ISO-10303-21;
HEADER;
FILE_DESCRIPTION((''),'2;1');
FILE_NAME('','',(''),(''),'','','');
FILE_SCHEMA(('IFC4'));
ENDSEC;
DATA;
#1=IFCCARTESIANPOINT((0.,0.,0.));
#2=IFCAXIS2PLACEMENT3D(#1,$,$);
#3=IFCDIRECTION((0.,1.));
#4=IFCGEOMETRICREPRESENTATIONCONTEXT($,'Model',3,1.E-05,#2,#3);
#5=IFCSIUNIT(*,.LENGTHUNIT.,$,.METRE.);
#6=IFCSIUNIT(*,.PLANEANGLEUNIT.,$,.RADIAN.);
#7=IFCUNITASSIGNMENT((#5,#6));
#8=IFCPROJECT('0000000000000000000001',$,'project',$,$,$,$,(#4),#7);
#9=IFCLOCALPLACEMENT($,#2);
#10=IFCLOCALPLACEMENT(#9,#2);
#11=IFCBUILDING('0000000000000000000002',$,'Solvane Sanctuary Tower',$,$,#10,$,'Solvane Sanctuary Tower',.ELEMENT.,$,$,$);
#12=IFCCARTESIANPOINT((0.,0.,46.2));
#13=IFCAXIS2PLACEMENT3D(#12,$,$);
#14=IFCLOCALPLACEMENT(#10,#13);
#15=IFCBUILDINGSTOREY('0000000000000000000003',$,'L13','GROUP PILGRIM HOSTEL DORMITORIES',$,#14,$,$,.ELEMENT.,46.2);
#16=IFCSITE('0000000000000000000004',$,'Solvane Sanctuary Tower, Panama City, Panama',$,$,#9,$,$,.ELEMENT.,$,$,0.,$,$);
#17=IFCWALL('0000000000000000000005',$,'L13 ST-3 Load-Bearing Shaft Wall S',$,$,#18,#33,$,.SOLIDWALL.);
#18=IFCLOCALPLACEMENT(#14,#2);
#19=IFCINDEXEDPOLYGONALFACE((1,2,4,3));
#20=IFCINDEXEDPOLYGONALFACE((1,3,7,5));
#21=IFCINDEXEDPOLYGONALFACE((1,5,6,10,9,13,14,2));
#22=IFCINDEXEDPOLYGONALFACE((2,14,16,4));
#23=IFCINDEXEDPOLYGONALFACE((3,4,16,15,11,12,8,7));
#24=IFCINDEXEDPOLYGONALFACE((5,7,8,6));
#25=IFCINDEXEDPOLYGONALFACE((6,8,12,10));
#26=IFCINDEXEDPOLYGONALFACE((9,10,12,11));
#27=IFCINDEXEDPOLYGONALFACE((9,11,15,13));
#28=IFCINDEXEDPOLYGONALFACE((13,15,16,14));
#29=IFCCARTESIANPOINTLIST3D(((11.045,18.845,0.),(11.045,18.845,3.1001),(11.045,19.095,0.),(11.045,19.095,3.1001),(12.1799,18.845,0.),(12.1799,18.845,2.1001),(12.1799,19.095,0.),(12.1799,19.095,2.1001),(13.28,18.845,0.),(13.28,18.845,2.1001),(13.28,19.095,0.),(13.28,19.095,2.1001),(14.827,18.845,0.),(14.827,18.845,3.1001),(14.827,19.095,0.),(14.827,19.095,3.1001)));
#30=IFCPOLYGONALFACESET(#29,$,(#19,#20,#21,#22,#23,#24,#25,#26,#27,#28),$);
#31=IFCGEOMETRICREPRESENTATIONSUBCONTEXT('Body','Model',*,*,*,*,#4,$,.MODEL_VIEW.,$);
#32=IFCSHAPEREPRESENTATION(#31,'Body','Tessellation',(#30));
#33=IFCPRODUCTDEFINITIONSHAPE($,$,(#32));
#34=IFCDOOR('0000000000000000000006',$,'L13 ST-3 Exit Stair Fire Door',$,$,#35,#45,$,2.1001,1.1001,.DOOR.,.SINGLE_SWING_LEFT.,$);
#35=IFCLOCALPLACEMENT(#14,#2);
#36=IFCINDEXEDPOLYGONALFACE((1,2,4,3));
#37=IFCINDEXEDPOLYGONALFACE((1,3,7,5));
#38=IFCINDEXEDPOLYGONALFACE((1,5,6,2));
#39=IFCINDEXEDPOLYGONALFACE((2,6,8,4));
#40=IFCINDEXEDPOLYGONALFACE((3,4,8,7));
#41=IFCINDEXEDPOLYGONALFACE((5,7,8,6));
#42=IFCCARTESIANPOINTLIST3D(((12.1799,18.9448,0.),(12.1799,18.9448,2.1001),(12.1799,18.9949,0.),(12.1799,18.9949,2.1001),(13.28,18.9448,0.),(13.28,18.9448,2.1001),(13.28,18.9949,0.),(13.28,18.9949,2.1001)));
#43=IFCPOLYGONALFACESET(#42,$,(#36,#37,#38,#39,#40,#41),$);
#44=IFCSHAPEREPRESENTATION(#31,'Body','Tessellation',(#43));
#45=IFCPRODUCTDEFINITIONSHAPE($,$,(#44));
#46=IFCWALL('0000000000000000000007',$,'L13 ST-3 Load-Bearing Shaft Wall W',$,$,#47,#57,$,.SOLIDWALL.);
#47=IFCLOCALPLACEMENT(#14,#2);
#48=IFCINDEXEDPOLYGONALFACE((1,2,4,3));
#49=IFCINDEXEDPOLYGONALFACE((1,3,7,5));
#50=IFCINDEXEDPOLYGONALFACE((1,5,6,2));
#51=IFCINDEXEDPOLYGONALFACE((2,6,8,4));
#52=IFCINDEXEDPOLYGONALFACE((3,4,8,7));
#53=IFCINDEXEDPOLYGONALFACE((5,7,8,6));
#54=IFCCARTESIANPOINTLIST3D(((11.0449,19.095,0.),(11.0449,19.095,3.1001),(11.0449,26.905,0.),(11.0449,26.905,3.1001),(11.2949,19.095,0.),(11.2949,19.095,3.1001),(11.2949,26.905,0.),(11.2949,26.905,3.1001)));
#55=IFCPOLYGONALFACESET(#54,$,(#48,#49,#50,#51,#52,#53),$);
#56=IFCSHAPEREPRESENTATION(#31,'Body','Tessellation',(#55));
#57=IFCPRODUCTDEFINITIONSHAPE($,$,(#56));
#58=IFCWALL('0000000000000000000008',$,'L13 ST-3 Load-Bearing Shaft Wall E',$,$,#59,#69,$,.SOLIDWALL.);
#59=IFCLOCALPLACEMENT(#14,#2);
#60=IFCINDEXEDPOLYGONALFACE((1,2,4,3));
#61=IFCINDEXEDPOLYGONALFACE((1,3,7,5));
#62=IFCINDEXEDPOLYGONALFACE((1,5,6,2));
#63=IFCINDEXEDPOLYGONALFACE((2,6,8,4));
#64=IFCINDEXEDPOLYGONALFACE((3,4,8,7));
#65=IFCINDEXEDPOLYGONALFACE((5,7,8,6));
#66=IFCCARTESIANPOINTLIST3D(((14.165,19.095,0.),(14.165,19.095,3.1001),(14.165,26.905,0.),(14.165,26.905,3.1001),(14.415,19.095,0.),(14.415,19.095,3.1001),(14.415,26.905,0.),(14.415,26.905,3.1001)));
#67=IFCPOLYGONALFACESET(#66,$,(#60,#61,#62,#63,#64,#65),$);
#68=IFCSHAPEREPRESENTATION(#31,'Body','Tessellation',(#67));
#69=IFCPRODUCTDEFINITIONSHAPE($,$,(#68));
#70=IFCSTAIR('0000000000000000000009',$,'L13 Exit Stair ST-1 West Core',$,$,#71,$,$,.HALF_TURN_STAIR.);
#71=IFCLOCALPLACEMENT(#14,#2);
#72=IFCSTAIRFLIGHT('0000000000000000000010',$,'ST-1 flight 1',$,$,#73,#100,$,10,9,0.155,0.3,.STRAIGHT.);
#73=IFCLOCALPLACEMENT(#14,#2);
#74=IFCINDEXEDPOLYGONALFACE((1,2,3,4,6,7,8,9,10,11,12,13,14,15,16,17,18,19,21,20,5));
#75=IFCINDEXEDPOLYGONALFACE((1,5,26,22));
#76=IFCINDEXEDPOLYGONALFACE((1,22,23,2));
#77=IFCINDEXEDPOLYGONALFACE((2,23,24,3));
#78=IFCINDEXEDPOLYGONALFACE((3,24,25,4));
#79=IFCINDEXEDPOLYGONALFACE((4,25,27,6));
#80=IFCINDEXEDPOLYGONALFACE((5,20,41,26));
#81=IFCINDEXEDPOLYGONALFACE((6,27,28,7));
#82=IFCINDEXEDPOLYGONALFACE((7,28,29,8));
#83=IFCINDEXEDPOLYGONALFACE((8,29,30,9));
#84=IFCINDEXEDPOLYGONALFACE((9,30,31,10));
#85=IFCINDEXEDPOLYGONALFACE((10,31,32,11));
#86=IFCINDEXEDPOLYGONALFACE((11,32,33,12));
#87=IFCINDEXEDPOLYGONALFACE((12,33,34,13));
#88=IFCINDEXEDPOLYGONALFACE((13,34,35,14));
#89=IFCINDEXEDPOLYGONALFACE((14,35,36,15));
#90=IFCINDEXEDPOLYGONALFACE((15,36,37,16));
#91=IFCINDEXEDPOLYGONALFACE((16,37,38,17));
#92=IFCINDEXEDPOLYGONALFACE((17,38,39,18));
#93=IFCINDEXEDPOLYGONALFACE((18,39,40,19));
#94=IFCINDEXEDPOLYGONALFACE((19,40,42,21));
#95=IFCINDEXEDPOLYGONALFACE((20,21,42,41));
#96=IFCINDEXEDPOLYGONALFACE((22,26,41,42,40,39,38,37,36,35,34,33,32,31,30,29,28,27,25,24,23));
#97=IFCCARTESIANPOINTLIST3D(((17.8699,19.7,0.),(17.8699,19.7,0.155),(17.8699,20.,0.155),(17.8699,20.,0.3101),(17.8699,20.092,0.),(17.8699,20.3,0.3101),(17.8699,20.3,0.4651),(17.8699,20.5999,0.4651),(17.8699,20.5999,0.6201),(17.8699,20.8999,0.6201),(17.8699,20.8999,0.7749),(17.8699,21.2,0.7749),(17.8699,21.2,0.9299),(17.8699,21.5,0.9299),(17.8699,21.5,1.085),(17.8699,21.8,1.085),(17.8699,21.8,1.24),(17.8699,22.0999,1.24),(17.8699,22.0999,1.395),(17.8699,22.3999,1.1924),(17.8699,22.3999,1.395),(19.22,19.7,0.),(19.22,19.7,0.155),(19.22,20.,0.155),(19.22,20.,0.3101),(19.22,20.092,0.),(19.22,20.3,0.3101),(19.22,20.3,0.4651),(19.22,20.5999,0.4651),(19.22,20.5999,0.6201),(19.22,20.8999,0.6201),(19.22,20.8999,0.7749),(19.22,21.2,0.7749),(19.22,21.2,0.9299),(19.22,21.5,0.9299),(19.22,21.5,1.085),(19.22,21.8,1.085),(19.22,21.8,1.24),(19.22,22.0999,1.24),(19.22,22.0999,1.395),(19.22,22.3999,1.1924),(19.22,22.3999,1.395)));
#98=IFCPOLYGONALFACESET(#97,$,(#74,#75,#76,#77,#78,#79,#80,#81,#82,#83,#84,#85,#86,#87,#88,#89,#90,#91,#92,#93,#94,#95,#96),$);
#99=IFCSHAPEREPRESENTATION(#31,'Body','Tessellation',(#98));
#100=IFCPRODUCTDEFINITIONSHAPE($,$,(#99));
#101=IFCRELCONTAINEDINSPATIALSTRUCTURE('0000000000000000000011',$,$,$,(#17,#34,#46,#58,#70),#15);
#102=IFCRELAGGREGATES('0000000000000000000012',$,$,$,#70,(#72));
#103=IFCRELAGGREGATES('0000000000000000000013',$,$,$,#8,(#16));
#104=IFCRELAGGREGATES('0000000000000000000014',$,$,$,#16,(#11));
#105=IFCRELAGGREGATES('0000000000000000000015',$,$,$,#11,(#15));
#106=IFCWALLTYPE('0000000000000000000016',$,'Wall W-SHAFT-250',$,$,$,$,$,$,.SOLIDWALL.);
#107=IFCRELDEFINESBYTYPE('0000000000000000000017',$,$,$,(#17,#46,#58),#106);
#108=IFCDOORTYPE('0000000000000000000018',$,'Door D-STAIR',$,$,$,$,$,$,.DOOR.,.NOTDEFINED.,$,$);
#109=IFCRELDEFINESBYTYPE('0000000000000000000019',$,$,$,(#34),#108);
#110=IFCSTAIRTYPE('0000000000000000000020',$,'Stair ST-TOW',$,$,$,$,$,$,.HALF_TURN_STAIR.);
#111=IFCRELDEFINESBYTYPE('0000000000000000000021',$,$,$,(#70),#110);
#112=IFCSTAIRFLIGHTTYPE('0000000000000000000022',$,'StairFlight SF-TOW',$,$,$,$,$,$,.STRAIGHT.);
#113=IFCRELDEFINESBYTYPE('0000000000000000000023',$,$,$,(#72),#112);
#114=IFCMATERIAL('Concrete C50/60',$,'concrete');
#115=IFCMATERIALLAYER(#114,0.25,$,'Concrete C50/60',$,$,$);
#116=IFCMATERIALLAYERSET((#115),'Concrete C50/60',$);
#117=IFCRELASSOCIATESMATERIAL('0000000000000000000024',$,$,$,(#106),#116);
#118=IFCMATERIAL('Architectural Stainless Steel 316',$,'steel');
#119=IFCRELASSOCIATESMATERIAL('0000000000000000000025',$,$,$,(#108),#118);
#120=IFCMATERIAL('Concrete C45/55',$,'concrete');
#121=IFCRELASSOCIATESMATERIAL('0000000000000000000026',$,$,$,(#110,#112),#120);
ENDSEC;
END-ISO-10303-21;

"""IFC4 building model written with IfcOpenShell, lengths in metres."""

from ifc_helpers import new_model, si_unit, direction, frame, frame_2d, origin, place, context, subcontext, project, spatial, polyline, rectangle, outline, extrude, material, layer, layer_set, type_object, element, fill, aggregate, save


model = new_model("IFC4")

# Units and contexts
model_context = context("Model", 3, precision=1e-05, world=origin(), true_north=direction((0.0, 1.0)))
body_context = subcontext(model_context, "Body", "Model", "MODEL_VIEW")
ifc_project = project(units=[si_unit("LENGTHUNIT", "METRE"), si_unit("PLANEANGLEUNIT", "RADIAN")], contexts=[model_context])

# Site, building, storey
site_placement = place(None, origin())
site = spatial("IfcSite", under=ifc_project, at=site_placement, Name="Solvane Sanctuary Tower, Panama City, Panama", CompositionType="ELEMENT", RefElevation=0.0)
building_placement = place(site_placement, origin())
building = spatial("IfcBuilding", under=site, at=building_placement, Name="Solvane Sanctuary Tower", LongName="Solvane Sanctuary Tower", CompositionType="ELEMENT")
storey_placement = place(building_placement, frame((0.0, 0.0, 46.2)))
storey = spatial("IfcBuildingStorey", under=building, at=storey_placement, Name="L13", Description="GROUP PILGRIM HOSTEL DORMITORIES", CompositionType="ELEMENT", Elevation=46.2)

# Shared definitions
ifc_material_1 = material(Name="Concrete C50/60", Category="concrete")
ifc_layer_1 = layer(ifc_material_1, 0.25, Name="Concrete C50/60")
ifc_layer_set_1 = layer_set([ifc_layer_1], Name="Concrete C50/60")
wall_type_1 = type_object("IfcWallType", Name="Wall W-SHAFT-250", PredefinedType="SOLIDWALL", material=ifc_layer_set_1)
ifc_material_2 = material(Name="Architectural Stainless Steel 316", Category="steel")
door_type_1 = type_object("IfcDoorType", Name="Door D-STAIR", OperationType="NOTDEFINED", PredefinedType="DOOR", material=ifc_material_2)

# Wall, opening, door
wall_1_placement = place(storey_placement, frame((11.0449, 18.97, 0.0), z_axis=(0.0, 0.0, 1.0), x_axis=(1.0, 0.0, 0.0)))
wall_1 = element("IfcWall", 1, at=wall_1_placement, inside=storey, type_object=wall_type_1, Name="L13 ST-3 Load-Bearing Shaft Wall S", PredefinedType="SOLIDWALL", context=body_context, shape_type="SweptSolid", body=[
    extrude(rectangle(XDim=3.782, YDim=0.25, at=frame_2d((1.8911, 0.0))), origin(), (0.0, 0.0, 1.0), 3.1001),
])
opening_1_placement = place(wall_1_placement, frame((1.135, 0.0, 0.0)))
opening_1 = element("IfcOpeningElement", 2, at=opening_1_placement, cuts=wall_1, PredefinedType="OPENING", context=body_context, shape_type="SweptSolid", body=[
    extrude(rectangle(XDim=1.1001, YDim=2.1001, at=frame_2d((0.55, 1.05))), frame((0.0, 0.135, 0.0), z_axis=(0.0, -1.0, 0.0), x_axis=(1.0, 0.0, 0.0)), (0.0, 0.0, 1.0), 0.27),
])
door_1_placement = place(opening_1_placement, origin())
door_1 = element("IfcDoor", 3, at=door_1_placement, inside=storey, type_object=door_type_1, Name="L13 ST-3 Exit Stair Fire Door", OperationType="SINGLE_SWING_LEFT", OverallHeight=2.1001, OverallWidth=1.1001, PredefinedType="DOOR", context=body_context, shape_type="SweptSolid", body=[
    extrude(rectangle(XDim=1.1001, YDim=2.1001, at=frame_2d((0.55, 1.05))), frame((0.0, 0.0249, 0.0), z_axis=(0.0, -1.0, 0.0), x_axis=(1.0, 0.0, 0.0)), (0.0, 0.0, 1.0), 0.05),
])
fill(opening_1, door_1)

# Walls
for number, where, z_axis, x_axis, name in (
    (4, (11.1699, 19.095, 0.0), (0.0, 0.0, 1.0), (0.0, 1.0, 0.0), "L13 ST-3 Load-Bearing Shaft Wall W"),
    (5, (14.29, 19.095, 0.0), (0.0, 0.0, 1.0), (0.0, 1.0, 0.0), "L13 ST-3 Load-Bearing Shaft Wall E"),
):
    element("IfcWall", number, at=place(storey_placement, frame(where, z_axis=z_axis, x_axis=x_axis)), inside=storey, type_object=wall_type_1, Name=name, PredefinedType="SOLIDWALL", context=body_context, shape_type="SweptSolid", body=[
        extrude(rectangle(XDim=7.8101, YDim=0.25, at=frame_2d((3.905, 0.0))), origin(), (0.0, 0.0, 1.0), 3.1001),
    ])

# Stair, stair flight
ifc_material_3 = material(Name="Concrete C45/55", Category="concrete")
stair_type = type_object("IfcStairType", Name="Stair ST-TOW", PredefinedType="HALF_TURN_STAIR", material=ifc_material_3)
stair_placement = place(storey_placement, origin())
stair = element("IfcStair", 6, at=stair_placement, inside=storey, type_object=stair_type, Name="L13 Exit Stair ST-1 West Core", PredefinedType="HALF_TURN_STAIR")
stair_flight_type = type_object("IfcStairFlightType", Name="StairFlight SF-TOW", PredefinedType="STRAIGHT", material=ifc_material_3)
stair_flight_placement = place(storey_placement, frame((18.5449, 19.7, 0.0), z_axis=(0.0, 0.0, 1.0), x_axis=(0.0, 1.0, 0.0)))
stair_flight = element("IfcStairFlight", 7, at=stair_flight_placement, type_object=stair_flight_type, Name="ST-1 flight 1", NumberOfRisers=10, NumberOfTreads=9, PredefinedType="STRAIGHT", RiserHeight=0.155, TreadLength=0.3, context=body_context, shape_type="SweptSolid", body=[
    extrude(outline(polyline([(0.0, 0.0), (0.0, 0.155), (0.3, 0.155), (0.3, 0.3101), (0.6001, 0.3101), (0.6001, 0.4651), (0.8999, 0.4651), (0.8999, 0.6201), (1.2, 0.6201), (1.2, 0.7749), (1.5, 0.7749), (1.5, 0.9299), (1.8, 0.9299), (1.8, 1.085), (2.1001, 1.085), (2.1001, 1.24), (2.3999, 1.24), (2.3999, 1.395), (2.7, 1.395), (2.7, 1.55), (2.7, 1.1924), (0.3921, 0.0), (0.0, 0.0)])), frame((0.0, 0.675, 0.0), z_axis=(0.0, -1.0, 0.0), x_axis=(1.0, 0.0, 0.0)), (0.0, 0.0, 1.0), 1.3501),
])
aggregate(stair, [stair_flight])

save(model, "model.ifc")
